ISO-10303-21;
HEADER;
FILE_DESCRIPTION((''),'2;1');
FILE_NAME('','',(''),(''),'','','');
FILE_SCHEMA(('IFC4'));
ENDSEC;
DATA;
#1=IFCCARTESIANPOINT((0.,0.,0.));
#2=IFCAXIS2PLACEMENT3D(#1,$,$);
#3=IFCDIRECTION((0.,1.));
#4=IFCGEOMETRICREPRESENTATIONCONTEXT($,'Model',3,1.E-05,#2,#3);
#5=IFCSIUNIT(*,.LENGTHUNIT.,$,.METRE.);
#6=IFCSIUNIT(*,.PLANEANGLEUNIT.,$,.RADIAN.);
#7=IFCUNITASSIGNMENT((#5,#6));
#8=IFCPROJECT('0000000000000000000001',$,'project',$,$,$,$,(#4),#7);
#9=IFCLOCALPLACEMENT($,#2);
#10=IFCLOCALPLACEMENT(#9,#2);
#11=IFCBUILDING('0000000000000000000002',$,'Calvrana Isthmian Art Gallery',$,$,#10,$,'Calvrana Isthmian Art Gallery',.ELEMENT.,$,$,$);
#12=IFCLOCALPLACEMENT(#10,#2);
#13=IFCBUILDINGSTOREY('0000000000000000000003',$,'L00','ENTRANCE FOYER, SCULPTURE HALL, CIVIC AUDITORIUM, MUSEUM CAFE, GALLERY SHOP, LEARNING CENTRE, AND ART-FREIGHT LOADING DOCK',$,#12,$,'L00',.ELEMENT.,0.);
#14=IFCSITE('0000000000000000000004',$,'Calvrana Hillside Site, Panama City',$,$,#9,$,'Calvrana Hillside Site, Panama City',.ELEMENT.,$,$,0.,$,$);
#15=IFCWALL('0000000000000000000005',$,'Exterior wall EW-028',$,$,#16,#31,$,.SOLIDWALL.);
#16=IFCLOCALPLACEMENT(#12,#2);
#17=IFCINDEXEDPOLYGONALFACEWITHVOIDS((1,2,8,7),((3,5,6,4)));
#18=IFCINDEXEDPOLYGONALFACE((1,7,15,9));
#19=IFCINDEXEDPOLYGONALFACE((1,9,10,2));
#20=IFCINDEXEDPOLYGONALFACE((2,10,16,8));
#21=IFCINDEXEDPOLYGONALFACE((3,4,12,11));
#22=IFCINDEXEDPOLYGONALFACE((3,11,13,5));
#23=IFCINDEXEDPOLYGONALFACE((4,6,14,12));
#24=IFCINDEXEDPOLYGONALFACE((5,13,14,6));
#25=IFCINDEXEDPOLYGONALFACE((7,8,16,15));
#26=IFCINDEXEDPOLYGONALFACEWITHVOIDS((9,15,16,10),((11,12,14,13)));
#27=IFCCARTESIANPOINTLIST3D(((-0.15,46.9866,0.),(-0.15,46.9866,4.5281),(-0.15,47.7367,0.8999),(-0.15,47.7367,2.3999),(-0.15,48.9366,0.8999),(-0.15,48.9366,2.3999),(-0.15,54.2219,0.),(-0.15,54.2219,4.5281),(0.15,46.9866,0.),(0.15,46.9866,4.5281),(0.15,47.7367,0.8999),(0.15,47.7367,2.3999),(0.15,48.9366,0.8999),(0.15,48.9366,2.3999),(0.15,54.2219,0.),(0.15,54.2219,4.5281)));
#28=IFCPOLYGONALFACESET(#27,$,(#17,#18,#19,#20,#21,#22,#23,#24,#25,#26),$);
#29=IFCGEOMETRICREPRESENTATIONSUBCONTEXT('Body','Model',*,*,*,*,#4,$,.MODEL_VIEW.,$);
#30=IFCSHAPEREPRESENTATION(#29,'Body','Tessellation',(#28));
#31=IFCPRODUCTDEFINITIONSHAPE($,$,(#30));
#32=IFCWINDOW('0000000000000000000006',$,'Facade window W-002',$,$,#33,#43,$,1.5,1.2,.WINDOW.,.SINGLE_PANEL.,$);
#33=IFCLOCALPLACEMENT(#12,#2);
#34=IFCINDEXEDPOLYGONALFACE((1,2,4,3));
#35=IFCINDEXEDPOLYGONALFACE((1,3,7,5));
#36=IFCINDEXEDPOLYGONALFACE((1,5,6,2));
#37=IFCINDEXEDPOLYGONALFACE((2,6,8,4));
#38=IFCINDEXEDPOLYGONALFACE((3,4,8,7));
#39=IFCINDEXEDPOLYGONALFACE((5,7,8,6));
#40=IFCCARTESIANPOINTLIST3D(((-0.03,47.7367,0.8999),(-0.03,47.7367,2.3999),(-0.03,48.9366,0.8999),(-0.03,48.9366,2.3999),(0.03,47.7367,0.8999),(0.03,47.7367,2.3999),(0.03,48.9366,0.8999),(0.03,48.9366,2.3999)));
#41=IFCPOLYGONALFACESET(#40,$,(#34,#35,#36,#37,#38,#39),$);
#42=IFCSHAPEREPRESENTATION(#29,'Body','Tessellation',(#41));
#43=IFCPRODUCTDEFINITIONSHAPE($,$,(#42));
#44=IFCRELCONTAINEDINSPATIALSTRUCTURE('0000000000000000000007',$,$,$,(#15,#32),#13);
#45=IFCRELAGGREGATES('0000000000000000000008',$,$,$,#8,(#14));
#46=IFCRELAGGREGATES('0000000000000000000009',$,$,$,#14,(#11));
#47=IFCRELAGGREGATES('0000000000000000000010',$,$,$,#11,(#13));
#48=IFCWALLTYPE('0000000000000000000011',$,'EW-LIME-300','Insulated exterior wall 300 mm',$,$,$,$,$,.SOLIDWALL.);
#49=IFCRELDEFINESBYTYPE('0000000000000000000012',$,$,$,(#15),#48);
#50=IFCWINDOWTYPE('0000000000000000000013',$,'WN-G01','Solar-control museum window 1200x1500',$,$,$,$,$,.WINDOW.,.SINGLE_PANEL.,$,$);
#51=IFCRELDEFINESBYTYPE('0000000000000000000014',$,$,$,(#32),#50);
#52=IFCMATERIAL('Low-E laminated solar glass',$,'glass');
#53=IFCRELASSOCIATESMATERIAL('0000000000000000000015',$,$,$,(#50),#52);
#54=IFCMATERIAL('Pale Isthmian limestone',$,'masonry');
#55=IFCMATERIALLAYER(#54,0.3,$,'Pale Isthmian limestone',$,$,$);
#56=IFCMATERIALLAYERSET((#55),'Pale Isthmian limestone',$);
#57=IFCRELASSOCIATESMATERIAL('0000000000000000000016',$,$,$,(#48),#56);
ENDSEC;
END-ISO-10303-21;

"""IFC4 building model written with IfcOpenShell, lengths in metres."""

from ifc_helpers import new_model, si_unit, direction, frame, frame_2d, origin, place, context, subcontext, project, spatial, rectangle, extrude, material, layer, layer_set, type_object, element, fill, save


model = new_model("IFC4")

# Units and contexts
model_context = context("Model", 3, precision=1e-05, world=origin(), true_north=direction((0.0, 1.0)))
body_context = subcontext(model_context, "Body", "Model", "MODEL_VIEW")
ifc_project = project(units=[si_unit("LENGTHUNIT", "METRE"), si_unit("PLANEANGLEUNIT", "RADIAN")], contexts=[model_context])

# Site, building, storey
site_placement = place(None, origin())
site = spatial("IfcSite", under=ifc_project, at=site_placement, Name="Calvrana Hillside Site, Panama City", LongName="Calvrana Hillside Site, Panama City", CompositionType="ELEMENT", RefElevation=0.0)
building_placement = place(site_placement, origin())
building = spatial("IfcBuilding", under=site, at=building_placement, Name="Calvrana Isthmian Art Gallery", LongName="Calvrana Isthmian Art Gallery", CompositionType="ELEMENT")
storey_placement = place(building_placement, origin())
storey = spatial("IfcBuildingStorey", under=building, at=storey_placement, Name="L00", Description="ENTRANCE FOYER, SCULPTURE HALL, CIVIC AUDITORIUM, MUSEUM CAFE, GALLERY SHOP, LEARNING CENTRE, AND ART-FREIGHT LOADING DOCK", LongName="L00", CompositionType="ELEMENT", Elevation=0.0)

# Shared definitions
ifc_material_1 = material(Name="Low-E laminated solar glass", Category="glass")

# Wall, opening, window
window_type = type_object("IfcWindowType", Name="WN-G01", Description="Solar-control museum window 1200x1500", PartitioningType="SINGLE_PANEL", PredefinedType="WINDOW", material=ifc_material_1)
ifc_material_2 = material(Name="Pale Isthmian limestone", Category="masonry")
ifc_layer_1 = layer(ifc_material_2, 0.3, Name="Pale Isthmian limestone")
ifc_layer_set_1 = layer_set([ifc_layer_1], Name="Pale Isthmian limestone")
wall_type_1 = type_object("IfcWallType", Name="EW-LIME-300", Description="Insulated exterior wall 300 mm", PredefinedType="SOLIDWALL", material=ifc_layer_set_1)
wall_1_placement = place(storey_placement, frame((0.0, 46.9866, 0.0), z_axis=(0.0, 0.0, 1.0), x_axis=(0.0, 1.0, 0.0)))
wall_1 = element("IfcWall", 1, at=wall_1_placement, inside=storey, type_object=wall_type_1, Name="Exterior wall EW-028", PredefinedType="SOLIDWALL", context=body_context, shape_type="SweptSolid", body=[
    extrude(rectangle(XDim=7.2354, YDim=0.3, at=frame_2d((3.6177, 0.0))), origin(), (0.0, 0.0, 1.0), 4.5281),
])
opening_1_placement = place(wall_1_placement, frame((0.75, 0.0, 0.8999)))
opening_1 = element("IfcOpeningElement", 2, at=opening_1_placement, cuts=wall_1, PredefinedType="OPENING", context=body_context, shape_type="SweptSolid", body=[
    extrude(rectangle(XDim=1.2, YDim=1.5, at=frame_2d((0.6001, 0.75))), frame((0.0, 0.1602, 0.0), z_axis=(0.0, -1.0, 0.0), x_axis=(1.0, 0.0, 0.0)), (0.0, 0.0, 1.0), 0.3206),
])
window_1_placement = place(opening_1_placement, origin())
window_1 = element("IfcWindow", 3, at=window_1_placement, inside=storey, type_object=window_type, Name="Facade window W-002", OverallHeight=1.5, OverallWidth=1.2, PartitioningType="SINGLE_PANEL", PredefinedType="WINDOW", context=body_context, shape_type="SweptSolid", body=[
    extrude(rectangle(XDim=1.2, YDim=1.5, at=frame_2d((0.6001, 0.75))), frame((0.0, 0.03, 0.0), z_axis=(0.0, -1.0, 0.0), x_axis=(1.0, 0.0, 0.0)), (0.0, 0.0, 1.0), 0.0601),
])
fill(opening_1, window_1)

save(model, "model.ifc")
